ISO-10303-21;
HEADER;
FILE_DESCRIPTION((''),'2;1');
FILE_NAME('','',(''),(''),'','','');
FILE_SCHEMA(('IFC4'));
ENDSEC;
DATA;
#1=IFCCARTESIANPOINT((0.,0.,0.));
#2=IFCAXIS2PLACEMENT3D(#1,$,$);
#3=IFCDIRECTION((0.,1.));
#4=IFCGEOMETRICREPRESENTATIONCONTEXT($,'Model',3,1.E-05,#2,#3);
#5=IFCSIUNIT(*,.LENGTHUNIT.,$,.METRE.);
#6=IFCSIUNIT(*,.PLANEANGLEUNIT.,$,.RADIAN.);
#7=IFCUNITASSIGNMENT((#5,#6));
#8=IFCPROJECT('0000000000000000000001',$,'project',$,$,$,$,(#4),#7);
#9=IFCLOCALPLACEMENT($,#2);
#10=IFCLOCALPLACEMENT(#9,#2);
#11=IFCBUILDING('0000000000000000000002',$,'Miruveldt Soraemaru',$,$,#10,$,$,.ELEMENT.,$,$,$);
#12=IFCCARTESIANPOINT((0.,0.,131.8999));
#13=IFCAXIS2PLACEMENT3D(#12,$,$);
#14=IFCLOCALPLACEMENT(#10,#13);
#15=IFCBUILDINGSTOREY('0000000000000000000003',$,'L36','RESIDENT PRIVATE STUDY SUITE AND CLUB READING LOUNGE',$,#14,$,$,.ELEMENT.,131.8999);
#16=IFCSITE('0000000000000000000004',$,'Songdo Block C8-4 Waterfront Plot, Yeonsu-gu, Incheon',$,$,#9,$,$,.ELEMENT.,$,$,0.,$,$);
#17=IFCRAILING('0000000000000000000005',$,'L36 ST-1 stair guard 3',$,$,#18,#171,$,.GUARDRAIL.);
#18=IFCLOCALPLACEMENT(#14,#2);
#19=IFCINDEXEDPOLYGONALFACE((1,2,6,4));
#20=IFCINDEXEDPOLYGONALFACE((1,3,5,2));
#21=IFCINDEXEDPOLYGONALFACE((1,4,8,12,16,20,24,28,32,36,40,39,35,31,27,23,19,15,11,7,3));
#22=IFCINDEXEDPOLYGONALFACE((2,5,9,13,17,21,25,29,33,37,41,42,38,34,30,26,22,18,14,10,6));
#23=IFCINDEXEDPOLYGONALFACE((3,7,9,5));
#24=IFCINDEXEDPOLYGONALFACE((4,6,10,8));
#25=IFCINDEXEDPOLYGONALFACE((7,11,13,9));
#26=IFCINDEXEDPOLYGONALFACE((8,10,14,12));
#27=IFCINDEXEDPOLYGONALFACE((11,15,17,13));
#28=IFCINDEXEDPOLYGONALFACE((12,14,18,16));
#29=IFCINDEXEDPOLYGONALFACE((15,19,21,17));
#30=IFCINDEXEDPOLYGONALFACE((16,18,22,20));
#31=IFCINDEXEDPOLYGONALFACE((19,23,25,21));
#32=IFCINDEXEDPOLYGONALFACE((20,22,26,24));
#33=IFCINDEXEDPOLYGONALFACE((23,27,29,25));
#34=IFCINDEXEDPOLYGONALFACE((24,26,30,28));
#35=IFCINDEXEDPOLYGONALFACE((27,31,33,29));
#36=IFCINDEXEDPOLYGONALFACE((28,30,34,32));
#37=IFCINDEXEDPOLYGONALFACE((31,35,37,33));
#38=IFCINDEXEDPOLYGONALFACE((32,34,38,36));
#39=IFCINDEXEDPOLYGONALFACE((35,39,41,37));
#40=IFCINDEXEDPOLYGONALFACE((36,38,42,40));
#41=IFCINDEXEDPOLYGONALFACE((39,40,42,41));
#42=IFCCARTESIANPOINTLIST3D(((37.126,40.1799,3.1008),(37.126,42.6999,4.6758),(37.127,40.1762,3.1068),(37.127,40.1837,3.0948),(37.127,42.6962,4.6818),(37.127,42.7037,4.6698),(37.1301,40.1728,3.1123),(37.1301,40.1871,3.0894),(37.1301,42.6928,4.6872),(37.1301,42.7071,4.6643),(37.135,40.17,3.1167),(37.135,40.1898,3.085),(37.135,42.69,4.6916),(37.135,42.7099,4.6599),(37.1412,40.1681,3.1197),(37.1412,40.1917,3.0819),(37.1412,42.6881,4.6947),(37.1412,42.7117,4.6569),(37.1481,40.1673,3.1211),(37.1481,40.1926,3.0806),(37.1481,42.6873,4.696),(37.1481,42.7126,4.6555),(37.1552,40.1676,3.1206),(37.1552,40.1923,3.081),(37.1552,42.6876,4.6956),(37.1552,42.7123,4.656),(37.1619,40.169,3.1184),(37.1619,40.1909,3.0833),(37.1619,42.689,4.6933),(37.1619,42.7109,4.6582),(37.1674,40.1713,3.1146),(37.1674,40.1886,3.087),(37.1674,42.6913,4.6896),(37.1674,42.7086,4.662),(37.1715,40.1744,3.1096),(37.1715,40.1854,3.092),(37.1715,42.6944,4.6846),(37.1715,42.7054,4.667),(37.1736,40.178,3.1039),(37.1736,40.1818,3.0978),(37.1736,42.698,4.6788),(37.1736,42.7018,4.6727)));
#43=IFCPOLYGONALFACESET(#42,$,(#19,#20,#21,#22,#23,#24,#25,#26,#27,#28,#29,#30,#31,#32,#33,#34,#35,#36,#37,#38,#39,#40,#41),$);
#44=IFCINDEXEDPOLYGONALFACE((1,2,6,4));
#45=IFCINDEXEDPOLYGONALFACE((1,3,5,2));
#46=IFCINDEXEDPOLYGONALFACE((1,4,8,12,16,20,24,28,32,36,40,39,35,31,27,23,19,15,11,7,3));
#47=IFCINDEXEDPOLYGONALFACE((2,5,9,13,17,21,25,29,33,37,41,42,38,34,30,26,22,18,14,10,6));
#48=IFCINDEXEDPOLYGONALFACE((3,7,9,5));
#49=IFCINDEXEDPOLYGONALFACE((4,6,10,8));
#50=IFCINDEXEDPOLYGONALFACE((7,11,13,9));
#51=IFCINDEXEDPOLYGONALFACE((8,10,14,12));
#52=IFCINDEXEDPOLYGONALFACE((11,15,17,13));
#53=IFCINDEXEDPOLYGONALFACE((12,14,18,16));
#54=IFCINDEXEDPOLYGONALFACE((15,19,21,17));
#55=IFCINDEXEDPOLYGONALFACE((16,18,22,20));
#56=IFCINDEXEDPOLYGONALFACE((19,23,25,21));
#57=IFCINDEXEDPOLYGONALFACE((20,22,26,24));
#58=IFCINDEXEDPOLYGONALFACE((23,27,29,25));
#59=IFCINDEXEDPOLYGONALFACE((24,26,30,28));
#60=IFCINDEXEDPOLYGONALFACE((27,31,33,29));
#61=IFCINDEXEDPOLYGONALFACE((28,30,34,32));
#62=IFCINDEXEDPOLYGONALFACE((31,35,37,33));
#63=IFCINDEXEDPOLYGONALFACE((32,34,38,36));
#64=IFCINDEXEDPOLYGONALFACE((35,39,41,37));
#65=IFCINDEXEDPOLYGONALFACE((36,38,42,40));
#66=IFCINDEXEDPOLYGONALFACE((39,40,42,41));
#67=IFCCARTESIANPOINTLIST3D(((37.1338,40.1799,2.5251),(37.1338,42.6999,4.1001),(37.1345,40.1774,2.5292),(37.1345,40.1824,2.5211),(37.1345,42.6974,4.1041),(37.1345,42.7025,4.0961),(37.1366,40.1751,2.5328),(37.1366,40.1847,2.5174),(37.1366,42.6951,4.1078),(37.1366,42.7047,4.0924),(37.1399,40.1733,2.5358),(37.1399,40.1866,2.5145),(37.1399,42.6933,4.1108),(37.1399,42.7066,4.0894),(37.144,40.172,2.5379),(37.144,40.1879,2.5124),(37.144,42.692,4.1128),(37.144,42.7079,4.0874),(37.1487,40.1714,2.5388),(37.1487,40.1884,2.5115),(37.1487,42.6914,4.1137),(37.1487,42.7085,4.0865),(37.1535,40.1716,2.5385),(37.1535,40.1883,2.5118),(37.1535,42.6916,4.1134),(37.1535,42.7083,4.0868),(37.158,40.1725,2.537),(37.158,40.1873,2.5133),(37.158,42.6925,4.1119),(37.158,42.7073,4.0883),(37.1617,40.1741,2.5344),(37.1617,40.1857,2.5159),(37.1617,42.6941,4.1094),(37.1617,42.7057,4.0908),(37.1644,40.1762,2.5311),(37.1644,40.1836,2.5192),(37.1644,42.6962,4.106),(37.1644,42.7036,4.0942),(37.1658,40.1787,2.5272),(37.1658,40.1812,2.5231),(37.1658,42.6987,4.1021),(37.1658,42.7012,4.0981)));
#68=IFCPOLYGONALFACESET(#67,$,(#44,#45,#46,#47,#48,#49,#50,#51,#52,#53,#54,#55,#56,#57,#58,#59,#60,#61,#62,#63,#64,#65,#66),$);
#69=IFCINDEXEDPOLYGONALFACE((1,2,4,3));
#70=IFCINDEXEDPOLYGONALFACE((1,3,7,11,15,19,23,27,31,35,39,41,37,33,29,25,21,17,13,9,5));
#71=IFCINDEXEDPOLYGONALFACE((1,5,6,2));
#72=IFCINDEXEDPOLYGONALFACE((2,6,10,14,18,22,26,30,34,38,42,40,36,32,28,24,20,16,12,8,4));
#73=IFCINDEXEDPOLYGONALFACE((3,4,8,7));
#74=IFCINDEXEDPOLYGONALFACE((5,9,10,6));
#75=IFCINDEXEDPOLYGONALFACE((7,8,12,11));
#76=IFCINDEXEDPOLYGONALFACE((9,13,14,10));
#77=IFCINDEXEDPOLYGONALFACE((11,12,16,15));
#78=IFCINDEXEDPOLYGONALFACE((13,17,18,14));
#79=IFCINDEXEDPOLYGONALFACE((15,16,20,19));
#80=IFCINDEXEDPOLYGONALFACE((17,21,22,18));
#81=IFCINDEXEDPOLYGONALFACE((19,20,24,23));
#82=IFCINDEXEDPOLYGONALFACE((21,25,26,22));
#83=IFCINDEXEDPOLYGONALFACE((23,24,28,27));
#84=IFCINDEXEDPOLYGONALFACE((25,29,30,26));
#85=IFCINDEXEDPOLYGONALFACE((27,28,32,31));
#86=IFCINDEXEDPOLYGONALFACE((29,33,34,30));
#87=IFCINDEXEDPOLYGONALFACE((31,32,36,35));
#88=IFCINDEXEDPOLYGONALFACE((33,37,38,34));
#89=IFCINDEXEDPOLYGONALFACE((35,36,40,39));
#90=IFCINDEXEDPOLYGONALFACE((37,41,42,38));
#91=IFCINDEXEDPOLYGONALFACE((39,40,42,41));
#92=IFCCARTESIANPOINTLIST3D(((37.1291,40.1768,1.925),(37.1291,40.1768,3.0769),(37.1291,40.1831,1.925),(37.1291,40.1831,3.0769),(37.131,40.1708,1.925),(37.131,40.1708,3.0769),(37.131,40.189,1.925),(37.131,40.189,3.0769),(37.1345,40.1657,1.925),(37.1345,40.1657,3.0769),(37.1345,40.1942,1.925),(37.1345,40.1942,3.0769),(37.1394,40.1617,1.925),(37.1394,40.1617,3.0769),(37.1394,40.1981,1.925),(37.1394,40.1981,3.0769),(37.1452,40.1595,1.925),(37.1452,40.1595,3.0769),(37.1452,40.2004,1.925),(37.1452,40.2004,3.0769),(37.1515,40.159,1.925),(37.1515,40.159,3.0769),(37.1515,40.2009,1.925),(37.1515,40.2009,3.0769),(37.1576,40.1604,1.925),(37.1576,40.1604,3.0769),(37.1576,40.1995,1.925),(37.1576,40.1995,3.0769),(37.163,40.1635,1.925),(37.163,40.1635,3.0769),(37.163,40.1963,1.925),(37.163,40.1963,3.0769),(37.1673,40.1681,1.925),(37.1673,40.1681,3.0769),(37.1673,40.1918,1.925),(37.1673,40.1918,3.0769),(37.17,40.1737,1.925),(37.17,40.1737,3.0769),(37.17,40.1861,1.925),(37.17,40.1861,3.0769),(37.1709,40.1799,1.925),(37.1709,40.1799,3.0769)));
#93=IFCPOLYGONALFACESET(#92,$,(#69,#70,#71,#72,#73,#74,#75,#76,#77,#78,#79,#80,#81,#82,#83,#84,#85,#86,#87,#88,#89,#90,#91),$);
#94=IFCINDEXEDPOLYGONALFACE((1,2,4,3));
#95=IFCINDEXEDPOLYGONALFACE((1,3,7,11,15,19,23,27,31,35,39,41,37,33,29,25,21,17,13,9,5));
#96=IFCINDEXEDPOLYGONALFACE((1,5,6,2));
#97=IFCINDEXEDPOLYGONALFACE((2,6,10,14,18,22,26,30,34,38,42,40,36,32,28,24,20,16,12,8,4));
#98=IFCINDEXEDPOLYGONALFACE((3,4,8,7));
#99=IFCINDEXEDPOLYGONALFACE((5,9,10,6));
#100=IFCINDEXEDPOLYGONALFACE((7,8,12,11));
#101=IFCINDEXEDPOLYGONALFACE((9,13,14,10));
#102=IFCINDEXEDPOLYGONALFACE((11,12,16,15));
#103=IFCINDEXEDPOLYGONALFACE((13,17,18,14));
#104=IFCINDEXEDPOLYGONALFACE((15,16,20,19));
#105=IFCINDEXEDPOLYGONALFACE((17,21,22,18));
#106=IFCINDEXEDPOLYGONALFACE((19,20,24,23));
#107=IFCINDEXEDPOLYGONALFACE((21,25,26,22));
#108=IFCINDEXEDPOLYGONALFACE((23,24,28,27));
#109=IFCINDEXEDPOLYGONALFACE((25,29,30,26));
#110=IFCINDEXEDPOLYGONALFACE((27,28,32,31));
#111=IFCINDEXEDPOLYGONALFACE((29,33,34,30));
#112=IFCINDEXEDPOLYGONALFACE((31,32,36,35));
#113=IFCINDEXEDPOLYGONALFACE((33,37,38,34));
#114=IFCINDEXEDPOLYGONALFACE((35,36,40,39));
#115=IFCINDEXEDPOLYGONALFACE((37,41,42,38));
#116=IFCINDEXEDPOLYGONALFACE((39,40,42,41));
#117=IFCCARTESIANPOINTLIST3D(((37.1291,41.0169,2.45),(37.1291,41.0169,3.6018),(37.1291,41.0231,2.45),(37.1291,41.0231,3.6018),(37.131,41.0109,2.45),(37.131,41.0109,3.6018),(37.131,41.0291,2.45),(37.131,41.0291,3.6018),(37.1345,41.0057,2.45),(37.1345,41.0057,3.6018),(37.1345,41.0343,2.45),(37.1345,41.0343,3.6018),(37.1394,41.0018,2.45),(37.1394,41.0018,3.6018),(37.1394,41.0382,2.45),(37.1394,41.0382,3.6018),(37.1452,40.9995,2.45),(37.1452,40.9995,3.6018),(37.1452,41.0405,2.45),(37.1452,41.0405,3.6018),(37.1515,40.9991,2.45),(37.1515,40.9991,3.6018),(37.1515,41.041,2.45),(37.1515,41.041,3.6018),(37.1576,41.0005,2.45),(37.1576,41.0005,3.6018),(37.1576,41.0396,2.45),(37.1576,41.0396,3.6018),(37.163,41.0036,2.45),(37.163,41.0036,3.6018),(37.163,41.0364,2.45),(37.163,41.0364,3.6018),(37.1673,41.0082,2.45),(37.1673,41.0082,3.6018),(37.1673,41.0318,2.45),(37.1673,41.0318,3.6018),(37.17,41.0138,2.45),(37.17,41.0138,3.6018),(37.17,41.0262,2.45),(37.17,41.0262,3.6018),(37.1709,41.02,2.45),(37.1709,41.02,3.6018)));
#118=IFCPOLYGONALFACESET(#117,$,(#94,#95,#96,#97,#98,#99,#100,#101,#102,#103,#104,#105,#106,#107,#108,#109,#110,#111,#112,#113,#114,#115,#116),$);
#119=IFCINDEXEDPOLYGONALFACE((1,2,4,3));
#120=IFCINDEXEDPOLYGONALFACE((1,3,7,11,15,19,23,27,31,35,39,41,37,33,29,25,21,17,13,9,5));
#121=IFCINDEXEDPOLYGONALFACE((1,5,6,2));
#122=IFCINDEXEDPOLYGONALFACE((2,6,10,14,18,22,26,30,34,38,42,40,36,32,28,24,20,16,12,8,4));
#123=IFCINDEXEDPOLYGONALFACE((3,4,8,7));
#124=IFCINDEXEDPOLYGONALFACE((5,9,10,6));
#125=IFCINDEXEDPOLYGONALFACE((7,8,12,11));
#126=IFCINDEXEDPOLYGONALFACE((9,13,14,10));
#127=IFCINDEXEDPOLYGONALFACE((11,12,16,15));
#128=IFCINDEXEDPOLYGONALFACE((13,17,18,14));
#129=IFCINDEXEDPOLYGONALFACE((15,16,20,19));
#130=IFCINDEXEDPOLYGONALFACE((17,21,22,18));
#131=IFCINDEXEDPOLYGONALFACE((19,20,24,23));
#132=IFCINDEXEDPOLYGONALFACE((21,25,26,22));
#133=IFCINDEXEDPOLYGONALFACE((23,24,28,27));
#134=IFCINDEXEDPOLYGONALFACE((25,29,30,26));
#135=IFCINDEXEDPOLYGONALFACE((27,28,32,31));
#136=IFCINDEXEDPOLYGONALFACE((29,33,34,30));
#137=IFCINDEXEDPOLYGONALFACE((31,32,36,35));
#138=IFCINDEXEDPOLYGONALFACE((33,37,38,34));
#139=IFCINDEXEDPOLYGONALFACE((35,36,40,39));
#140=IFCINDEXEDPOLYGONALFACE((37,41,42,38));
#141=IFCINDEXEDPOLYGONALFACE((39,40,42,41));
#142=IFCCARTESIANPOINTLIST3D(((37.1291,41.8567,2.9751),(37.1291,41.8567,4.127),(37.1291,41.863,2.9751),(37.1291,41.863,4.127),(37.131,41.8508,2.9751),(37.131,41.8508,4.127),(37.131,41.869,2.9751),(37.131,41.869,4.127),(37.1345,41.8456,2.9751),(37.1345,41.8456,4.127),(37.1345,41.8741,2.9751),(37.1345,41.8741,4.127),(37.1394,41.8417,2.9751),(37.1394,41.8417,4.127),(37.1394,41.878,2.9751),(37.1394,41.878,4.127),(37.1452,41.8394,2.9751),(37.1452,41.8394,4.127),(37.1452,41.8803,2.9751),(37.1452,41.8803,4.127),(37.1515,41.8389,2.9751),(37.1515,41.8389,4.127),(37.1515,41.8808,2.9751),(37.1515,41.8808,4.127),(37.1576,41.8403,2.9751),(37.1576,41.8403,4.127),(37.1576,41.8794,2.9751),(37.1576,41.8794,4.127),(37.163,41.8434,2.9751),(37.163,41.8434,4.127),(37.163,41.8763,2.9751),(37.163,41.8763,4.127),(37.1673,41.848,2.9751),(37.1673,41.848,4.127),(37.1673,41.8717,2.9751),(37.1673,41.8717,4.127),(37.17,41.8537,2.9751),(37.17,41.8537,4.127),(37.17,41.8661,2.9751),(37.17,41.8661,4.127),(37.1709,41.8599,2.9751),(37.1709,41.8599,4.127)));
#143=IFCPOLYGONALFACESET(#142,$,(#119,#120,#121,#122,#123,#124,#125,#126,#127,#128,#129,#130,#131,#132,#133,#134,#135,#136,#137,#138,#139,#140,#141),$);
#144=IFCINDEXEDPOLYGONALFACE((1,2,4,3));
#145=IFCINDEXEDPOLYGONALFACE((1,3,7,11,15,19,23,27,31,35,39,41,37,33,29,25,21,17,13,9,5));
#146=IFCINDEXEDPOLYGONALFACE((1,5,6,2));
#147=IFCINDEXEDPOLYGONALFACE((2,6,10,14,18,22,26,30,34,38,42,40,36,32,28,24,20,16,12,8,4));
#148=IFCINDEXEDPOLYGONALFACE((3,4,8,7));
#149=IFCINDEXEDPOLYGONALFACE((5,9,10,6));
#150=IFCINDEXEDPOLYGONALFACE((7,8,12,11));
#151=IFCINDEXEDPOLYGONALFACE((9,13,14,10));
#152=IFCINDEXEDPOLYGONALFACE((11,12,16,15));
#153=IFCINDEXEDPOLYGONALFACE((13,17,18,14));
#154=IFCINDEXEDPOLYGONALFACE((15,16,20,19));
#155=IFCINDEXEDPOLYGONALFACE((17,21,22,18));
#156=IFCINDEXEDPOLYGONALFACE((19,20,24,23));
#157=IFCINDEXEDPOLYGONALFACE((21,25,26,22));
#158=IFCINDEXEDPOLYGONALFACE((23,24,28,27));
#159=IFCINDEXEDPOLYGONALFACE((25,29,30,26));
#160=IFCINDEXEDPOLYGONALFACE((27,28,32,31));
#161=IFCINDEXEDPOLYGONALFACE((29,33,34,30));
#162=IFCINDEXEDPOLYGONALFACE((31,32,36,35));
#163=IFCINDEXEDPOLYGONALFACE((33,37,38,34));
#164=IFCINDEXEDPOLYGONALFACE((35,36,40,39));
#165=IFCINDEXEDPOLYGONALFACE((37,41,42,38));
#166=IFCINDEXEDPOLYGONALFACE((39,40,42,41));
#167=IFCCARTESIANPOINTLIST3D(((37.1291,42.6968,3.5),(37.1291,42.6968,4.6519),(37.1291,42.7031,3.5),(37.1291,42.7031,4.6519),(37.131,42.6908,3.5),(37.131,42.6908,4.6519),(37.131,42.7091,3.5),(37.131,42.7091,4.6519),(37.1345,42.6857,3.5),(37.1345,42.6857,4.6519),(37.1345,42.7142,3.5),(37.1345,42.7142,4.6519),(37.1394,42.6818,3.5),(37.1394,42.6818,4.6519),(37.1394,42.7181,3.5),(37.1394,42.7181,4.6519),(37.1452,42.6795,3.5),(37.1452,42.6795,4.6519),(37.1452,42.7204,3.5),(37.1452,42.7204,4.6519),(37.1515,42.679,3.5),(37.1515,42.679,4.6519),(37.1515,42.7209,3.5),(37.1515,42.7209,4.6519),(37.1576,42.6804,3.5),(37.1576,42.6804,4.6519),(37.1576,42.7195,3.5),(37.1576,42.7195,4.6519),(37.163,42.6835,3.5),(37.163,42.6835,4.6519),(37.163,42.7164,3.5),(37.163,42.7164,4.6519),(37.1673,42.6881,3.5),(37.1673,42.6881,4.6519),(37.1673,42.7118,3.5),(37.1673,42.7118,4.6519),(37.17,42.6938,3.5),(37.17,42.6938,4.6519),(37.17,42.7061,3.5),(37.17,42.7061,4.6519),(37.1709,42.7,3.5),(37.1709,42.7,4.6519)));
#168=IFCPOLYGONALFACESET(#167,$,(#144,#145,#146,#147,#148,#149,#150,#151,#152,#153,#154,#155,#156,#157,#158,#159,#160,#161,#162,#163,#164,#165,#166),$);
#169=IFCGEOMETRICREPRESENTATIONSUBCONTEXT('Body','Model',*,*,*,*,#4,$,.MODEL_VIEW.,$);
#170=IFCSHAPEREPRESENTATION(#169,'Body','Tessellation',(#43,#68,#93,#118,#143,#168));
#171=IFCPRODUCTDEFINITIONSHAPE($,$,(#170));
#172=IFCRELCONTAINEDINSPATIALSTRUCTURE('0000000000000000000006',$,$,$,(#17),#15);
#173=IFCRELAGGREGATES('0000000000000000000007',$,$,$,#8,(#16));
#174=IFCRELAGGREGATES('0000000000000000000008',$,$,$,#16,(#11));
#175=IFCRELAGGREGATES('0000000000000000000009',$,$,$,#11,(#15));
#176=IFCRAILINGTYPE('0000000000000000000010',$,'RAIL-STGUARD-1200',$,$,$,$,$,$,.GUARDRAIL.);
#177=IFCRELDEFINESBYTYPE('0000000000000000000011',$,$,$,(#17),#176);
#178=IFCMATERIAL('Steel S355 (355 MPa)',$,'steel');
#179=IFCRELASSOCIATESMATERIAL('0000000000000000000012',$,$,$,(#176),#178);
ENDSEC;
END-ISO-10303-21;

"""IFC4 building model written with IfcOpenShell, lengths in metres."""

from ifc_helpers import new_model, si_unit, direction, frame, origin, origin_2d, place, context, subcontext, project, spatial, circle, extrude, material, type_object, element, save


model = new_model("IFC4")

# Units and contexts
model_context = context("Model", 3, precision=1e-05, world=origin(), true_north=direction((0.0, 1.0)))
body_context = subcontext(model_context, "Body", "Model", "MODEL_VIEW")
ifc_project = project(units=[si_unit("LENGTHUNIT", "METRE"), si_unit("PLANEANGLEUNIT", "RADIAN")], contexts=[model_context])

# Site, building, storey
site_placement = place(None, origin())
site = spatial("IfcSite", under=ifc_project, at=site_placement, Name="Songdo Block C8-4 Waterfront Plot, Yeonsu-gu, Incheon", CompositionType="ELEMENT", RefElevation=0.0)
building_placement = place(site_placement, origin())
building = spatial("IfcBuilding", under=site, at=building_placement, Name="Miruveldt Soraemaru", CompositionType="ELEMENT")
storey_placement = place(building_placement, frame((0.0, 0.0, 131.8999)))
storey = spatial("IfcBuildingStorey", under=building, at=storey_placement, Name="L36", Description="RESIDENT PRIVATE STUDY SUITE AND CLUB READING LOUNGE", CompositionType="ELEMENT", Elevation=131.8999)

# Railing
ifc_material_1 = material(Name="Steel S355 (355 MPa)", Category="steel")
railing_type_1 = type_object("IfcRailingType", Name="RAIL-STGUARD-1200", PredefinedType="GUARDRAIL", material=ifc_material_1)
railing_1_placement = place(storey_placement, frame((37.1499, 40.1799, 1.925)))
element("IfcRailing", 1, at=railing_1_placement, inside=storey, type_object=railing_type_1, Name="L36 ST-1 stair guard 3", PredefinedType="GUARDRAIL", context=body_context, shape_type="SweptSolid", body=[
    extrude(circle(Radius=0.0239, at=origin_2d()), frame((0.0, 0.0, 1.1758), z_axis=(0.0, 0.848008, 0.529984), x_axis=(-1.0, 0.0, 0.0)), (0.0, 0.0, 1.0), 2.9717),
    extrude(circle(Radius=0.0161, at=origin_2d()), frame((0.0, 0.0, 0.6001), z_axis=(0.0, 0.848008, 0.529984), x_axis=(-1.0, 0.0, 0.0)), (0.0, 0.0, 1.0), 2.9717),
    extrude(circle(Radius=0.021, at=origin_2d()), origin(), (0.0, 0.0, 1.0), 1.1519),
    extrude(circle(Radius=0.021, at=origin_2d()), frame((0.0, 0.8401, 0.5249)), (0.0, 0.0, 1.0), 1.1519),
    extrude(circle(Radius=0.021, at=origin_2d()), frame((0.0, 1.6799, 1.05)), (0.0, 0.0, 1.0), 1.1519),
    extrude(circle(Radius=0.021, at=origin_2d()), frame((0.0, 2.52, 1.575)), (0.0, 0.0, 1.0), 1.1519),
])

save(model, "model.ifc")
